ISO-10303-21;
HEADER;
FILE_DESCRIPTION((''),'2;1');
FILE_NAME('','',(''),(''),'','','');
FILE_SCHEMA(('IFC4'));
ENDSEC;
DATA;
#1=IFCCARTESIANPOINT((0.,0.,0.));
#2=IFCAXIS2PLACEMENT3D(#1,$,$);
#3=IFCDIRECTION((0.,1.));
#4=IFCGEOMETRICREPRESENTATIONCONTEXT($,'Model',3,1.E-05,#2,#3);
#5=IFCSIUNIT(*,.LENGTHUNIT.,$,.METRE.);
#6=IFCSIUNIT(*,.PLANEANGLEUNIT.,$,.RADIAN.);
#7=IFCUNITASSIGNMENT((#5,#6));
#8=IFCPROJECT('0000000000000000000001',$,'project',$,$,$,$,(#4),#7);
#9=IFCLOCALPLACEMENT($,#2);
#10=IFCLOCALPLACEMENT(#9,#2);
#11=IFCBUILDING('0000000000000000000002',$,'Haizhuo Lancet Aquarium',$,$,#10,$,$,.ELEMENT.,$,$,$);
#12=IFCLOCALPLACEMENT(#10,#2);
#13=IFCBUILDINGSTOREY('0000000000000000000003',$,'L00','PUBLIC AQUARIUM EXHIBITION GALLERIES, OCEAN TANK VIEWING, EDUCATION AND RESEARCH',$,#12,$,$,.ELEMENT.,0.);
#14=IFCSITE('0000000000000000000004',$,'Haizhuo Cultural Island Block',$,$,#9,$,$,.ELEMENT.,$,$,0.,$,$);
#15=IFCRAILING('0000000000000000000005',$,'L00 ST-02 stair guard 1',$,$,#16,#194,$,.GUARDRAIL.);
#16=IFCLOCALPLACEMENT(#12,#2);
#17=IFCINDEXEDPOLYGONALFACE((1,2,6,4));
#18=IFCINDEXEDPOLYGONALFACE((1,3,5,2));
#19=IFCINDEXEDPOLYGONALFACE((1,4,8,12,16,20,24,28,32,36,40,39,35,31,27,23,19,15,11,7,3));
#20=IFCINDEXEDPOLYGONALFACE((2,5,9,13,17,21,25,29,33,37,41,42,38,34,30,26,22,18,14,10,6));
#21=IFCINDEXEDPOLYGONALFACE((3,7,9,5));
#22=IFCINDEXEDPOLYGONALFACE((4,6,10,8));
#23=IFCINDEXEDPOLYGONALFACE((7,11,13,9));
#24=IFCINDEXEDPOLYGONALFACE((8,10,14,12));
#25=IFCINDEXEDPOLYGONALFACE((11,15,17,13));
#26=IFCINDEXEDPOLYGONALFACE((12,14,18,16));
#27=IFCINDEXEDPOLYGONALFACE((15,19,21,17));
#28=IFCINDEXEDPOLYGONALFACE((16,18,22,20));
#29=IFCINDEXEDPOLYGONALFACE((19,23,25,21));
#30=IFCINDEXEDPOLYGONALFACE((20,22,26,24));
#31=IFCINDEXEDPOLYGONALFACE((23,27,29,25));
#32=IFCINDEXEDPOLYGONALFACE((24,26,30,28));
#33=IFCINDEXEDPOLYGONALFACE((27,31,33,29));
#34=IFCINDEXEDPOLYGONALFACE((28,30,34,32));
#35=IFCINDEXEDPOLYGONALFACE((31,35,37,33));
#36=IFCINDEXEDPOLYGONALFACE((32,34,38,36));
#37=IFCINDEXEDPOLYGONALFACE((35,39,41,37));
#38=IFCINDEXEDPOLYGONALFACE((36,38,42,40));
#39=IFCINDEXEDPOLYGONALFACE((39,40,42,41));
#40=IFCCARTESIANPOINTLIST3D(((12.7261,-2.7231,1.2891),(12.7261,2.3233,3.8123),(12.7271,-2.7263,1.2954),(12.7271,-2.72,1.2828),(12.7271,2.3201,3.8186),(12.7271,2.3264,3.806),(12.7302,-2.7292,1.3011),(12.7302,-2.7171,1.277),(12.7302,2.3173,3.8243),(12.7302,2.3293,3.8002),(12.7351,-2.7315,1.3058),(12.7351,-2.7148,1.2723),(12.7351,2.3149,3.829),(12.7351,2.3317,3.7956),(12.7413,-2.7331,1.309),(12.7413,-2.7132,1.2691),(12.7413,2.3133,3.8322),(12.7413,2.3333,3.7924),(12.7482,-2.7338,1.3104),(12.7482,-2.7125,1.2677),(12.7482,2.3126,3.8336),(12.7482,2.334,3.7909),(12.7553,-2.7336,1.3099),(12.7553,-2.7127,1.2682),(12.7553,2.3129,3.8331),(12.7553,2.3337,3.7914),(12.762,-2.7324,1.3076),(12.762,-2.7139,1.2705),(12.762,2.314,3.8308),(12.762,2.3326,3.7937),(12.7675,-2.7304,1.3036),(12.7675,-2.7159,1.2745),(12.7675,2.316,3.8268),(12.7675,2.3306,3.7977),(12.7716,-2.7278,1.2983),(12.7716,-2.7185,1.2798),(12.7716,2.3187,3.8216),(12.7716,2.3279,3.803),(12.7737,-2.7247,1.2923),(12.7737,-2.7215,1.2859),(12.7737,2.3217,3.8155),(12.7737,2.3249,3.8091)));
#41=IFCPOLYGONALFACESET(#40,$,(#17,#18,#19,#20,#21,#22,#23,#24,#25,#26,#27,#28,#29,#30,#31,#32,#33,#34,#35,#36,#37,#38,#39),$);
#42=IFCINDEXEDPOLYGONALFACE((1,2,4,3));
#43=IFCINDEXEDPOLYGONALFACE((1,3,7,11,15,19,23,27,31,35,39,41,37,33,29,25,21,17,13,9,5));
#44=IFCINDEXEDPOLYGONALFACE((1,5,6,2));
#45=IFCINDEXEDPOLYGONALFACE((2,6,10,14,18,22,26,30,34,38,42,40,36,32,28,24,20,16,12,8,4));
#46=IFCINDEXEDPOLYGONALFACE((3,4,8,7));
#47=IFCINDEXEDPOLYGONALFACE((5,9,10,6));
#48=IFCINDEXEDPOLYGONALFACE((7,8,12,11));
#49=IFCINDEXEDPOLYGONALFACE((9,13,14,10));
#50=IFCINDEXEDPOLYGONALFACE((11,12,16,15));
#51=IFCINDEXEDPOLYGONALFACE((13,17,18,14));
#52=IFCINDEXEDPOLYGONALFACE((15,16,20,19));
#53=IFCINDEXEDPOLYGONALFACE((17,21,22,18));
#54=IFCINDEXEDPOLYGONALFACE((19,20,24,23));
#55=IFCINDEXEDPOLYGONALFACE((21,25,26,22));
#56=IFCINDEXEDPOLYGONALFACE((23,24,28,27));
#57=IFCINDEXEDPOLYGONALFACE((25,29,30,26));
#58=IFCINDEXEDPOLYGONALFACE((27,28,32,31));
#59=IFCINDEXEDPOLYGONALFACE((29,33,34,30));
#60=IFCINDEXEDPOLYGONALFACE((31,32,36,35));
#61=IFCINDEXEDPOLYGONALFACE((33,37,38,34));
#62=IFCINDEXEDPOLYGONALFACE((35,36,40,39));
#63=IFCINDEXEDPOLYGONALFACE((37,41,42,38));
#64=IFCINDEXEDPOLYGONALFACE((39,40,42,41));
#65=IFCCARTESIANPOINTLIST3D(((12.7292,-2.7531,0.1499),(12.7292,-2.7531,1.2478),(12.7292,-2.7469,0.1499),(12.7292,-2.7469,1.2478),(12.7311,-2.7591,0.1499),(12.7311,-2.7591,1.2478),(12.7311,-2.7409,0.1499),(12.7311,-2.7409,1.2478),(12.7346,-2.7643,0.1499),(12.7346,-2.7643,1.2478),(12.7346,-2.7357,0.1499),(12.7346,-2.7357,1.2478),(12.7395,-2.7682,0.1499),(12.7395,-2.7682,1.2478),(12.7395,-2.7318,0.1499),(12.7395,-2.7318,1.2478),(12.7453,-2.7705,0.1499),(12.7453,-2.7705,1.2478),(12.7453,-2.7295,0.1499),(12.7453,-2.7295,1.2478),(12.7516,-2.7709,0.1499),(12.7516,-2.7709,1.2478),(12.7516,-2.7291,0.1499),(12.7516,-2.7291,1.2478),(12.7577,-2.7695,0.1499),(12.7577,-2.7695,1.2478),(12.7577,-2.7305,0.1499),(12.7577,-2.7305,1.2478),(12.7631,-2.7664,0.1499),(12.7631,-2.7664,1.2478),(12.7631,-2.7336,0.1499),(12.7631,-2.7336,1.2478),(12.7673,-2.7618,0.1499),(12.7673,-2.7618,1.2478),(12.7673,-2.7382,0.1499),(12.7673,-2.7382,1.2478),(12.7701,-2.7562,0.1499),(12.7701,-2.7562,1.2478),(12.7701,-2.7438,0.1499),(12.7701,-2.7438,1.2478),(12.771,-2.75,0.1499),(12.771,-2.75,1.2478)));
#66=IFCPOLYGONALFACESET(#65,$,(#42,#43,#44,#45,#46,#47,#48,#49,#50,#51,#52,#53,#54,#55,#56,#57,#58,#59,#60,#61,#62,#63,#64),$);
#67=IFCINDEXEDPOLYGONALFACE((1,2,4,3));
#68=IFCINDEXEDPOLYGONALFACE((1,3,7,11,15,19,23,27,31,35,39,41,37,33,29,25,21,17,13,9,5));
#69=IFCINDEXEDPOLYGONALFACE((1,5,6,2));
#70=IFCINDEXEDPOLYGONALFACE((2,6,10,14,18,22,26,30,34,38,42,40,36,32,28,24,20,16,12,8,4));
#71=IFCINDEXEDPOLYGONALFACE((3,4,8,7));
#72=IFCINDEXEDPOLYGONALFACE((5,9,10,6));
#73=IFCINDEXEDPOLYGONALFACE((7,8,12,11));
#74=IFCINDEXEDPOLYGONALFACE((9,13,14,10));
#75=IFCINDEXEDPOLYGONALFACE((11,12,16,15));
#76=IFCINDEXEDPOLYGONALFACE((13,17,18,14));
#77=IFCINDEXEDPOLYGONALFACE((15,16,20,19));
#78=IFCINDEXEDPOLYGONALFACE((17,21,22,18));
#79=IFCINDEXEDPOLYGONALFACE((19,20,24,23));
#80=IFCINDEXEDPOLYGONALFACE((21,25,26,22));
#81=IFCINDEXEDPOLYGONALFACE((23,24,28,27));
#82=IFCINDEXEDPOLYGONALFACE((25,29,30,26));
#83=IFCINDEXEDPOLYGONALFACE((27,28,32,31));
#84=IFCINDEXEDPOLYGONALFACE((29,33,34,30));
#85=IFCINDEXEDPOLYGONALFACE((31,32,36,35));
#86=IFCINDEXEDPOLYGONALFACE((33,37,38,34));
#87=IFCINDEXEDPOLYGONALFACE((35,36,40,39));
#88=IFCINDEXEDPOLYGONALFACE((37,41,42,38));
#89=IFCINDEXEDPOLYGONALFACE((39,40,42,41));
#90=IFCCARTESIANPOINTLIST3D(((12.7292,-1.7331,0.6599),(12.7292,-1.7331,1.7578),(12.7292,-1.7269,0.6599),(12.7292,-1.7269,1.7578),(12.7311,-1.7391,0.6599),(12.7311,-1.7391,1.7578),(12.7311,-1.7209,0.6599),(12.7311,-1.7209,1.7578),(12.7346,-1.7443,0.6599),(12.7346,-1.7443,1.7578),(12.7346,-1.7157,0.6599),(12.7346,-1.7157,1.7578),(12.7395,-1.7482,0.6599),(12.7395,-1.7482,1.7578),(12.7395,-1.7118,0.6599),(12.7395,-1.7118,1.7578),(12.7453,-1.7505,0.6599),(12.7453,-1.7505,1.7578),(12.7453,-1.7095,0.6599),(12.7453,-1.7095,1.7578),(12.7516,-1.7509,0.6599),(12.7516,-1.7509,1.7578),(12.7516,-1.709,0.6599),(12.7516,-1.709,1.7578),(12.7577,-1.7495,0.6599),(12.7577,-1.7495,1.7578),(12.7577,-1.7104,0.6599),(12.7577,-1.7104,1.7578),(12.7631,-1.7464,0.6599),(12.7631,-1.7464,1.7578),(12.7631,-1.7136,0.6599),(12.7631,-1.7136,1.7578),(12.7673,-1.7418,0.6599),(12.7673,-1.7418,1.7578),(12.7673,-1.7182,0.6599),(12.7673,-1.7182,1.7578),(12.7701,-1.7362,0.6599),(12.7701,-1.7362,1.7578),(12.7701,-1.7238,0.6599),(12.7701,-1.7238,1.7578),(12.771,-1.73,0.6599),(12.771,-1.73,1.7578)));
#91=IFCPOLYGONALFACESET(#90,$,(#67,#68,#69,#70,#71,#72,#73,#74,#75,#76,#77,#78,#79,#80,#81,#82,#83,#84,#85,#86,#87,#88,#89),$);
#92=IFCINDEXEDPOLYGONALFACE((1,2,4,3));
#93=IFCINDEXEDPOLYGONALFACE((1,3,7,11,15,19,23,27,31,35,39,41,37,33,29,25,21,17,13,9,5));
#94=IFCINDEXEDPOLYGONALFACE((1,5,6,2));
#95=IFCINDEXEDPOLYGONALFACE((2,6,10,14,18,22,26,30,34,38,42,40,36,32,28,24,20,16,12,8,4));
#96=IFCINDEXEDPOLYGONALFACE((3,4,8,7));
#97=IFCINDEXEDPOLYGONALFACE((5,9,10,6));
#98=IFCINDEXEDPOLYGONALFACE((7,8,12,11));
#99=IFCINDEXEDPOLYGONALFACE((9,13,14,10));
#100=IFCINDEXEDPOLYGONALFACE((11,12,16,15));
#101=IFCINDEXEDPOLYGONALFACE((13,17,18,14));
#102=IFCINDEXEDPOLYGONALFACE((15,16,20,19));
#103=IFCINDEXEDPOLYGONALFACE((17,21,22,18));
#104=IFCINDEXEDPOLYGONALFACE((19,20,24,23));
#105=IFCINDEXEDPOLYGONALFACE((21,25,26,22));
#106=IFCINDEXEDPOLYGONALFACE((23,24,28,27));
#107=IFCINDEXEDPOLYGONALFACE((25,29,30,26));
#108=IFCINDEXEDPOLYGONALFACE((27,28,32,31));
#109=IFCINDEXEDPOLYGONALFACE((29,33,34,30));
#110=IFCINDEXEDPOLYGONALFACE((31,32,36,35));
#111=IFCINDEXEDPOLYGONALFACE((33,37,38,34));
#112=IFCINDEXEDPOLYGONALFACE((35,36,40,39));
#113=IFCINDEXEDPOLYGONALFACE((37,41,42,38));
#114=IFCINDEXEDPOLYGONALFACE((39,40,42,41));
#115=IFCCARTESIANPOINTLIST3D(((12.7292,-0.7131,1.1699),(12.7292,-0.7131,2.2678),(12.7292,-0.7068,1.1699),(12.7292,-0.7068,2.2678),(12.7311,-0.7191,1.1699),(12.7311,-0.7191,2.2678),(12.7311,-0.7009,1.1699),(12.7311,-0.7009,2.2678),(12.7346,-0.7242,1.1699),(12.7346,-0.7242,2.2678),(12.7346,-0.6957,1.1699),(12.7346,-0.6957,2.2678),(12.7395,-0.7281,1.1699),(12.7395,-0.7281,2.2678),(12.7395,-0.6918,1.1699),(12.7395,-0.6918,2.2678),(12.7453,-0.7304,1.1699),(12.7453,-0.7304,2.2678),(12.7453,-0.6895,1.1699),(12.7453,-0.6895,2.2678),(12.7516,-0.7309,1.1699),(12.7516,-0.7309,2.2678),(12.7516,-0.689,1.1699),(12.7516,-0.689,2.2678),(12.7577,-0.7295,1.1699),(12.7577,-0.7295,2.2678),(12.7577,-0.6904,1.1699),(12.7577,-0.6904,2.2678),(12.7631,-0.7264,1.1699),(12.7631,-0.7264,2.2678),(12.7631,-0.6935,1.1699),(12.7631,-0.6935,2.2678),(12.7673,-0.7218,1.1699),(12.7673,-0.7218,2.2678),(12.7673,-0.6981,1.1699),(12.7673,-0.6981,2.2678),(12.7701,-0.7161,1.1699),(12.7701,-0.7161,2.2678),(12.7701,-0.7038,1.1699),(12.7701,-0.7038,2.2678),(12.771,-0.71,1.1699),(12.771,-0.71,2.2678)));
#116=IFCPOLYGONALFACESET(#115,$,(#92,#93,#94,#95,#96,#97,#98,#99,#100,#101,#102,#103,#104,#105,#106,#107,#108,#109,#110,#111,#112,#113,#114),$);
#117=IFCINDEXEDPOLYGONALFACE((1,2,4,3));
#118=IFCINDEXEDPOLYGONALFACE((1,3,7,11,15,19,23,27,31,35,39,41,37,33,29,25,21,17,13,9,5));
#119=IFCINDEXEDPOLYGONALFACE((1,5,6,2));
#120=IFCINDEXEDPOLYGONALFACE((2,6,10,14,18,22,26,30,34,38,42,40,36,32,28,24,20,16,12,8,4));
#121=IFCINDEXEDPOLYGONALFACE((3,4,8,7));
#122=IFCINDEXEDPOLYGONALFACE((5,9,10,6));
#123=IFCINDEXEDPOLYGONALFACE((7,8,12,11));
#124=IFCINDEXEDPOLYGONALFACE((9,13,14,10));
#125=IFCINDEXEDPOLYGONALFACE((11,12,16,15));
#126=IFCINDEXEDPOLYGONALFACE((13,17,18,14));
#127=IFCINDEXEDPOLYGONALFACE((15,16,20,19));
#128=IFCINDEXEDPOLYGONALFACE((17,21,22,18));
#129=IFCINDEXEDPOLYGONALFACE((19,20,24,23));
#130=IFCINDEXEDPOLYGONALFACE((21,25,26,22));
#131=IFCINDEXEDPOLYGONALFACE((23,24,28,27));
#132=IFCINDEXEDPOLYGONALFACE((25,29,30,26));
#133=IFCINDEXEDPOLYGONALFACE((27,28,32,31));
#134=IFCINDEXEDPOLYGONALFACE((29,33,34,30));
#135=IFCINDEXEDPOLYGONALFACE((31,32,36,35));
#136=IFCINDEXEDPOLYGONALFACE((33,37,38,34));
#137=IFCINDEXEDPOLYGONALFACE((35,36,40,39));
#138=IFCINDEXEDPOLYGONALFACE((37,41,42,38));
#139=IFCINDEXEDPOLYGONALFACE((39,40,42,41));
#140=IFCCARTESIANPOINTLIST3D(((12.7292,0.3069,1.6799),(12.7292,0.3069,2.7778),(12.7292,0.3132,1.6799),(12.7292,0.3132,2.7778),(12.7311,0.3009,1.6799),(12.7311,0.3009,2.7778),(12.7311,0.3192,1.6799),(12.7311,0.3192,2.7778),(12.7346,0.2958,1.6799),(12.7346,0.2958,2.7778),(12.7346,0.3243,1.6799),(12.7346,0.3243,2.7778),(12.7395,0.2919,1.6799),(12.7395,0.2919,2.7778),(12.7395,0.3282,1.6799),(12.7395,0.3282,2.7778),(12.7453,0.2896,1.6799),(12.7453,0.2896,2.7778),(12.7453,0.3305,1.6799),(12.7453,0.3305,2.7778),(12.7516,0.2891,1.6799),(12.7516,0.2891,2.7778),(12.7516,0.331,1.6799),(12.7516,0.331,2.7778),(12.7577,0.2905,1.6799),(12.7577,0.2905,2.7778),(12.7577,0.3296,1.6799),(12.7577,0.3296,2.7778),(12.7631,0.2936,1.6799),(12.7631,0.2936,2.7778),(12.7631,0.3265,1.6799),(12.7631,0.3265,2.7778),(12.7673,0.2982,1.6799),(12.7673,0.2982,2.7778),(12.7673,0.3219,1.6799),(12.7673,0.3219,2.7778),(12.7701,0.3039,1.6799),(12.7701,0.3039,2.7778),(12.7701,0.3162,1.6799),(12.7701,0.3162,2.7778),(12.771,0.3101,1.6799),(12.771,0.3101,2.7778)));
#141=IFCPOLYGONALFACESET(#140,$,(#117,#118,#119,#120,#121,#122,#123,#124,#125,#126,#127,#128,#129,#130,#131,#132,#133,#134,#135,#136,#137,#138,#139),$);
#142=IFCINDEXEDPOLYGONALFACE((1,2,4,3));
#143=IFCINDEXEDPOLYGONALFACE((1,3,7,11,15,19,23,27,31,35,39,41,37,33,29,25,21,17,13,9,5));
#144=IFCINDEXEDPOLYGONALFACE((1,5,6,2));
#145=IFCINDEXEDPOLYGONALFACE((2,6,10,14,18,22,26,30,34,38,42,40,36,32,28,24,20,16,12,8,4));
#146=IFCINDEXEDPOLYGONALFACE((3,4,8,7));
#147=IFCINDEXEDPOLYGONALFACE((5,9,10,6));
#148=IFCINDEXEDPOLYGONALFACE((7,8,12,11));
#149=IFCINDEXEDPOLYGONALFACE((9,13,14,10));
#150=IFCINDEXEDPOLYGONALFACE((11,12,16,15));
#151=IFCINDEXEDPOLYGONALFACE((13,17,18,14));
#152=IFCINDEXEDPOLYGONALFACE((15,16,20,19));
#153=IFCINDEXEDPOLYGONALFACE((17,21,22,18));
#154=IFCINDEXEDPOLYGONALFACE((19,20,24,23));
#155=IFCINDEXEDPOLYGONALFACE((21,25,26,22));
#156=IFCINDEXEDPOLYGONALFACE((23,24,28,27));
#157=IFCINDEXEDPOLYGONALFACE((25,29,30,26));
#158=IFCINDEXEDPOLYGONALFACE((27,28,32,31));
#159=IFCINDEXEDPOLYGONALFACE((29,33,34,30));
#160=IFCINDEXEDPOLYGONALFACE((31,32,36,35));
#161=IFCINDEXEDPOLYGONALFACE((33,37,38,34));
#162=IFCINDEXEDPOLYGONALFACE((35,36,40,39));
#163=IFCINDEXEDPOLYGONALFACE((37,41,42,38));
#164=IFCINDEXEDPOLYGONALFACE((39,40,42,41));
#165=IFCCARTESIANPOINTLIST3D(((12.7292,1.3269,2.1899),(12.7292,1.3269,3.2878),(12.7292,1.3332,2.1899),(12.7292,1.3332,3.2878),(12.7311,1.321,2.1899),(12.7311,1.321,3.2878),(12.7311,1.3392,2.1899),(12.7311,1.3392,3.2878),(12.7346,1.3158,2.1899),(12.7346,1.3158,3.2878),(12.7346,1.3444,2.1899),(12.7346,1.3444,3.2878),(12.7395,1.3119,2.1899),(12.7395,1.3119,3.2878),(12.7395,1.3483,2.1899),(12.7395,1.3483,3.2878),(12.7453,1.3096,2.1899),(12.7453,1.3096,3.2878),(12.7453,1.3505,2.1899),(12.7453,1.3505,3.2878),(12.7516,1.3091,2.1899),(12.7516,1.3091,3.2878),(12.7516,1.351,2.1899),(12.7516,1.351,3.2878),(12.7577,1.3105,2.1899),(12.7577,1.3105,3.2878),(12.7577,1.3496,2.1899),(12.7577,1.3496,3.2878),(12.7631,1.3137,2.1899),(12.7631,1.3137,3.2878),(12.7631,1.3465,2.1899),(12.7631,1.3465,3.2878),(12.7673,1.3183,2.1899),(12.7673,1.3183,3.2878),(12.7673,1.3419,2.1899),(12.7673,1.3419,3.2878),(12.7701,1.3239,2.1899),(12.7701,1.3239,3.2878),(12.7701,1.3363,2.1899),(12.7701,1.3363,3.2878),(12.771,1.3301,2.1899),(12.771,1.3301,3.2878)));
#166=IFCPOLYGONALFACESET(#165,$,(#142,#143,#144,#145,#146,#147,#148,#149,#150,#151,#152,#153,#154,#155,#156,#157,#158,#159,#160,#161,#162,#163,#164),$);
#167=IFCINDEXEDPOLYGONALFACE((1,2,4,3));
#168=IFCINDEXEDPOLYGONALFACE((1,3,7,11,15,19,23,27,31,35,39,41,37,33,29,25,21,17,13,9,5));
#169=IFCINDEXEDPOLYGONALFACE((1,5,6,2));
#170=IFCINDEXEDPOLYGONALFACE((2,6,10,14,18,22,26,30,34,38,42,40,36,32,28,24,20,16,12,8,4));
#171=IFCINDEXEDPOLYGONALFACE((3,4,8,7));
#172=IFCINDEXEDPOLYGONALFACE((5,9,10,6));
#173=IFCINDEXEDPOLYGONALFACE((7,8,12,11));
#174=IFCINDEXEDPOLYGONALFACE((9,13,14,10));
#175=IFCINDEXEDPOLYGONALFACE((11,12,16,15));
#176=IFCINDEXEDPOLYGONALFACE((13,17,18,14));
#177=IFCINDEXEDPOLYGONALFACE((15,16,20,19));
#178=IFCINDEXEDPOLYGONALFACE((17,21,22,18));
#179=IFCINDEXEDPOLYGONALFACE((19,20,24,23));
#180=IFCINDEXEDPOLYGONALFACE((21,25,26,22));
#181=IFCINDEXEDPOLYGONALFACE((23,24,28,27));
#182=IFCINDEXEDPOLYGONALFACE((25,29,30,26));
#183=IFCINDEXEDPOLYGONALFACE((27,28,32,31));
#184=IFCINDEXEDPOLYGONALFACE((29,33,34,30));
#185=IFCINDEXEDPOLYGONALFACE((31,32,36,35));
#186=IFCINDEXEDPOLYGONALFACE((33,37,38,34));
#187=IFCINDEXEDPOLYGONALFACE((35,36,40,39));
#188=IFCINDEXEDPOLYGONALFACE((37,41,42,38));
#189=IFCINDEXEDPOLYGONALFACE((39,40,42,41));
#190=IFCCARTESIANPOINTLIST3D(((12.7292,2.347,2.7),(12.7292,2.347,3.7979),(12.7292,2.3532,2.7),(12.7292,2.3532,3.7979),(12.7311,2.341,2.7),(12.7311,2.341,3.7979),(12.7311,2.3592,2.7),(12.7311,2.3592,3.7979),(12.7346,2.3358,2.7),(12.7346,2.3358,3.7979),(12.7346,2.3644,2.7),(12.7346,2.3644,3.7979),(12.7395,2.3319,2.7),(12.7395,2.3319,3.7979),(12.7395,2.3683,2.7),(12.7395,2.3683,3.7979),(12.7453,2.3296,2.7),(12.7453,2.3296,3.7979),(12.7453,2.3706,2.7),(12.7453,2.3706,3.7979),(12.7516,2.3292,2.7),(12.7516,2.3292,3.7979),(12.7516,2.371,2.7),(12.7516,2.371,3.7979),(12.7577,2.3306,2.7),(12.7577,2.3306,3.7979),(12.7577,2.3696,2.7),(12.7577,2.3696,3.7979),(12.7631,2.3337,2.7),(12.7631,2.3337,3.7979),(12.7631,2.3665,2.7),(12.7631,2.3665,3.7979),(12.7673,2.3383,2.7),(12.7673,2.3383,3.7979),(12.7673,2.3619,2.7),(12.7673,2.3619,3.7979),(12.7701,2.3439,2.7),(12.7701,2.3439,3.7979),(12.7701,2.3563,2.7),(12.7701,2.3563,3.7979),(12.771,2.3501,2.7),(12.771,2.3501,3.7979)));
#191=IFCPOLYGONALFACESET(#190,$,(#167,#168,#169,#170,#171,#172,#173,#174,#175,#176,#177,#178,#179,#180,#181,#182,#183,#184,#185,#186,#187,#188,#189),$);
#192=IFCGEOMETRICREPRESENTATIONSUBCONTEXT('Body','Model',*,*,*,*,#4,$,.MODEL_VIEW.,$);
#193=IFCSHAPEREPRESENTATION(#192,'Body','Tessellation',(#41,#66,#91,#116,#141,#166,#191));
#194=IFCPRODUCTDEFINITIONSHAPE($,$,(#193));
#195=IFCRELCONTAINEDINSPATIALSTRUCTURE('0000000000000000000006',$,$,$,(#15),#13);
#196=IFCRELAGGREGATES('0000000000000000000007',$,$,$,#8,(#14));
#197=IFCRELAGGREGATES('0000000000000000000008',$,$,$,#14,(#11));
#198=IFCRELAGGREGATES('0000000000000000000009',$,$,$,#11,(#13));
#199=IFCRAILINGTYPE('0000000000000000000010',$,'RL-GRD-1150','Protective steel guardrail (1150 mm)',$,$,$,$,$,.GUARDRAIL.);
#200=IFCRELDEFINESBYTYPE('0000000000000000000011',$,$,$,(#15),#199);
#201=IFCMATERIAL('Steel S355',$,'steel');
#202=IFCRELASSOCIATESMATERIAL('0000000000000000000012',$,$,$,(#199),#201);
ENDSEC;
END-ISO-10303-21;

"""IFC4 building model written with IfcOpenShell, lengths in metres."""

from ifc_helpers import new_model, si_unit, direction, frame, origin, origin_2d, place, context, subcontext, project, spatial, circle, extrude, material, type_object, element, save


model = new_model("IFC4")

# Units and contexts
model_context = context("Model", 3, precision=1e-05, world=origin(), true_north=direction((0.0, 1.0)))
body_context = subcontext(model_context, "Body", "Model", "MODEL_VIEW")
ifc_project = project(units=[si_unit("LENGTHUNIT", "METRE"), si_unit("PLANEANGLEUNIT", "RADIAN")], contexts=[model_context])

# Site, building, storey
site_placement = place(None, origin())
site = spatial("IfcSite", under=ifc_project, at=site_placement, Name="Haizhuo Cultural Island Block", CompositionType="ELEMENT", RefElevation=0.0)
building_placement = place(site_placement, origin())
building = spatial("IfcBuilding", under=site, at=building_placement, Name="Haizhuo Lancet Aquarium", CompositionType="ELEMENT")
storey_placement = place(building_placement, origin())
storey = spatial("IfcBuildingStorey", under=building, at=storey_placement, Name="L00", Description="PUBLIC AQUARIUM EXHIBITION GALLERIES, OCEAN TANK VIEWING, EDUCATION AND RESEARCH", CompositionType="ELEMENT", Elevation=0.0)

# Shared definitions
ifc_material_1 = material(Name="Steel S355", Category="steel")

# Railing
railing_type = type_object("IfcRailingType", Name="RL-GRD-1150", Description="Protective steel guardrail (1150 mm)", PredefinedType="GUARDRAIL", material=ifc_material_1)
railing_1_placement = place(storey_placement, frame((12.75, -2.75, 0.1499)))
element("IfcRailing", 1, at=railing_1_placement, inside=storey, type_object=railing_type, Name="L00 ST-02 stair guard 1", PredefinedType="GUARDRAIL", context=body_context, shape_type="SweptSolid", body=[
    extrude(circle(Radius=0.0239, at=origin_2d()), frame((0.0, 0.0269, 1.1392), z_axis=(0.0, 0.894427, 0.447214), x_axis=(-1.0, 0.0, 0.0)), (0.0, 0.0, 1.0), 5.6421),
    extrude(circle(Radius=0.021, at=origin_2d()), origin(), (0.0, 0.0, 1.0), 1.0979),
    extrude(circle(Radius=0.021, at=origin_2d()), frame((0.0, 1.02, 0.51)), (0.0, 0.0, 1.0), 1.0979),
    extrude(circle(Radius=0.021, at=origin_2d()), frame((0.0, 2.04, 1.02)), (0.0, 0.0, 1.0), 1.0979),
    extrude(circle(Radius=0.021, at=origin_2d()), frame((0.0, 3.0601, 1.53)), (0.0, 0.0, 1.0), 1.0979),
    extrude(circle(Radius=0.021, at=origin_2d()), frame((0.0, 4.0801, 2.04)), (0.0, 0.0, 1.0), 1.0979),
    extrude(circle(Radius=0.021, at=origin_2d()), frame((0.0, 5.1001, 2.55)), (0.0, 0.0, 1.0), 1.0979),
])

save(model, "model.ifc")
